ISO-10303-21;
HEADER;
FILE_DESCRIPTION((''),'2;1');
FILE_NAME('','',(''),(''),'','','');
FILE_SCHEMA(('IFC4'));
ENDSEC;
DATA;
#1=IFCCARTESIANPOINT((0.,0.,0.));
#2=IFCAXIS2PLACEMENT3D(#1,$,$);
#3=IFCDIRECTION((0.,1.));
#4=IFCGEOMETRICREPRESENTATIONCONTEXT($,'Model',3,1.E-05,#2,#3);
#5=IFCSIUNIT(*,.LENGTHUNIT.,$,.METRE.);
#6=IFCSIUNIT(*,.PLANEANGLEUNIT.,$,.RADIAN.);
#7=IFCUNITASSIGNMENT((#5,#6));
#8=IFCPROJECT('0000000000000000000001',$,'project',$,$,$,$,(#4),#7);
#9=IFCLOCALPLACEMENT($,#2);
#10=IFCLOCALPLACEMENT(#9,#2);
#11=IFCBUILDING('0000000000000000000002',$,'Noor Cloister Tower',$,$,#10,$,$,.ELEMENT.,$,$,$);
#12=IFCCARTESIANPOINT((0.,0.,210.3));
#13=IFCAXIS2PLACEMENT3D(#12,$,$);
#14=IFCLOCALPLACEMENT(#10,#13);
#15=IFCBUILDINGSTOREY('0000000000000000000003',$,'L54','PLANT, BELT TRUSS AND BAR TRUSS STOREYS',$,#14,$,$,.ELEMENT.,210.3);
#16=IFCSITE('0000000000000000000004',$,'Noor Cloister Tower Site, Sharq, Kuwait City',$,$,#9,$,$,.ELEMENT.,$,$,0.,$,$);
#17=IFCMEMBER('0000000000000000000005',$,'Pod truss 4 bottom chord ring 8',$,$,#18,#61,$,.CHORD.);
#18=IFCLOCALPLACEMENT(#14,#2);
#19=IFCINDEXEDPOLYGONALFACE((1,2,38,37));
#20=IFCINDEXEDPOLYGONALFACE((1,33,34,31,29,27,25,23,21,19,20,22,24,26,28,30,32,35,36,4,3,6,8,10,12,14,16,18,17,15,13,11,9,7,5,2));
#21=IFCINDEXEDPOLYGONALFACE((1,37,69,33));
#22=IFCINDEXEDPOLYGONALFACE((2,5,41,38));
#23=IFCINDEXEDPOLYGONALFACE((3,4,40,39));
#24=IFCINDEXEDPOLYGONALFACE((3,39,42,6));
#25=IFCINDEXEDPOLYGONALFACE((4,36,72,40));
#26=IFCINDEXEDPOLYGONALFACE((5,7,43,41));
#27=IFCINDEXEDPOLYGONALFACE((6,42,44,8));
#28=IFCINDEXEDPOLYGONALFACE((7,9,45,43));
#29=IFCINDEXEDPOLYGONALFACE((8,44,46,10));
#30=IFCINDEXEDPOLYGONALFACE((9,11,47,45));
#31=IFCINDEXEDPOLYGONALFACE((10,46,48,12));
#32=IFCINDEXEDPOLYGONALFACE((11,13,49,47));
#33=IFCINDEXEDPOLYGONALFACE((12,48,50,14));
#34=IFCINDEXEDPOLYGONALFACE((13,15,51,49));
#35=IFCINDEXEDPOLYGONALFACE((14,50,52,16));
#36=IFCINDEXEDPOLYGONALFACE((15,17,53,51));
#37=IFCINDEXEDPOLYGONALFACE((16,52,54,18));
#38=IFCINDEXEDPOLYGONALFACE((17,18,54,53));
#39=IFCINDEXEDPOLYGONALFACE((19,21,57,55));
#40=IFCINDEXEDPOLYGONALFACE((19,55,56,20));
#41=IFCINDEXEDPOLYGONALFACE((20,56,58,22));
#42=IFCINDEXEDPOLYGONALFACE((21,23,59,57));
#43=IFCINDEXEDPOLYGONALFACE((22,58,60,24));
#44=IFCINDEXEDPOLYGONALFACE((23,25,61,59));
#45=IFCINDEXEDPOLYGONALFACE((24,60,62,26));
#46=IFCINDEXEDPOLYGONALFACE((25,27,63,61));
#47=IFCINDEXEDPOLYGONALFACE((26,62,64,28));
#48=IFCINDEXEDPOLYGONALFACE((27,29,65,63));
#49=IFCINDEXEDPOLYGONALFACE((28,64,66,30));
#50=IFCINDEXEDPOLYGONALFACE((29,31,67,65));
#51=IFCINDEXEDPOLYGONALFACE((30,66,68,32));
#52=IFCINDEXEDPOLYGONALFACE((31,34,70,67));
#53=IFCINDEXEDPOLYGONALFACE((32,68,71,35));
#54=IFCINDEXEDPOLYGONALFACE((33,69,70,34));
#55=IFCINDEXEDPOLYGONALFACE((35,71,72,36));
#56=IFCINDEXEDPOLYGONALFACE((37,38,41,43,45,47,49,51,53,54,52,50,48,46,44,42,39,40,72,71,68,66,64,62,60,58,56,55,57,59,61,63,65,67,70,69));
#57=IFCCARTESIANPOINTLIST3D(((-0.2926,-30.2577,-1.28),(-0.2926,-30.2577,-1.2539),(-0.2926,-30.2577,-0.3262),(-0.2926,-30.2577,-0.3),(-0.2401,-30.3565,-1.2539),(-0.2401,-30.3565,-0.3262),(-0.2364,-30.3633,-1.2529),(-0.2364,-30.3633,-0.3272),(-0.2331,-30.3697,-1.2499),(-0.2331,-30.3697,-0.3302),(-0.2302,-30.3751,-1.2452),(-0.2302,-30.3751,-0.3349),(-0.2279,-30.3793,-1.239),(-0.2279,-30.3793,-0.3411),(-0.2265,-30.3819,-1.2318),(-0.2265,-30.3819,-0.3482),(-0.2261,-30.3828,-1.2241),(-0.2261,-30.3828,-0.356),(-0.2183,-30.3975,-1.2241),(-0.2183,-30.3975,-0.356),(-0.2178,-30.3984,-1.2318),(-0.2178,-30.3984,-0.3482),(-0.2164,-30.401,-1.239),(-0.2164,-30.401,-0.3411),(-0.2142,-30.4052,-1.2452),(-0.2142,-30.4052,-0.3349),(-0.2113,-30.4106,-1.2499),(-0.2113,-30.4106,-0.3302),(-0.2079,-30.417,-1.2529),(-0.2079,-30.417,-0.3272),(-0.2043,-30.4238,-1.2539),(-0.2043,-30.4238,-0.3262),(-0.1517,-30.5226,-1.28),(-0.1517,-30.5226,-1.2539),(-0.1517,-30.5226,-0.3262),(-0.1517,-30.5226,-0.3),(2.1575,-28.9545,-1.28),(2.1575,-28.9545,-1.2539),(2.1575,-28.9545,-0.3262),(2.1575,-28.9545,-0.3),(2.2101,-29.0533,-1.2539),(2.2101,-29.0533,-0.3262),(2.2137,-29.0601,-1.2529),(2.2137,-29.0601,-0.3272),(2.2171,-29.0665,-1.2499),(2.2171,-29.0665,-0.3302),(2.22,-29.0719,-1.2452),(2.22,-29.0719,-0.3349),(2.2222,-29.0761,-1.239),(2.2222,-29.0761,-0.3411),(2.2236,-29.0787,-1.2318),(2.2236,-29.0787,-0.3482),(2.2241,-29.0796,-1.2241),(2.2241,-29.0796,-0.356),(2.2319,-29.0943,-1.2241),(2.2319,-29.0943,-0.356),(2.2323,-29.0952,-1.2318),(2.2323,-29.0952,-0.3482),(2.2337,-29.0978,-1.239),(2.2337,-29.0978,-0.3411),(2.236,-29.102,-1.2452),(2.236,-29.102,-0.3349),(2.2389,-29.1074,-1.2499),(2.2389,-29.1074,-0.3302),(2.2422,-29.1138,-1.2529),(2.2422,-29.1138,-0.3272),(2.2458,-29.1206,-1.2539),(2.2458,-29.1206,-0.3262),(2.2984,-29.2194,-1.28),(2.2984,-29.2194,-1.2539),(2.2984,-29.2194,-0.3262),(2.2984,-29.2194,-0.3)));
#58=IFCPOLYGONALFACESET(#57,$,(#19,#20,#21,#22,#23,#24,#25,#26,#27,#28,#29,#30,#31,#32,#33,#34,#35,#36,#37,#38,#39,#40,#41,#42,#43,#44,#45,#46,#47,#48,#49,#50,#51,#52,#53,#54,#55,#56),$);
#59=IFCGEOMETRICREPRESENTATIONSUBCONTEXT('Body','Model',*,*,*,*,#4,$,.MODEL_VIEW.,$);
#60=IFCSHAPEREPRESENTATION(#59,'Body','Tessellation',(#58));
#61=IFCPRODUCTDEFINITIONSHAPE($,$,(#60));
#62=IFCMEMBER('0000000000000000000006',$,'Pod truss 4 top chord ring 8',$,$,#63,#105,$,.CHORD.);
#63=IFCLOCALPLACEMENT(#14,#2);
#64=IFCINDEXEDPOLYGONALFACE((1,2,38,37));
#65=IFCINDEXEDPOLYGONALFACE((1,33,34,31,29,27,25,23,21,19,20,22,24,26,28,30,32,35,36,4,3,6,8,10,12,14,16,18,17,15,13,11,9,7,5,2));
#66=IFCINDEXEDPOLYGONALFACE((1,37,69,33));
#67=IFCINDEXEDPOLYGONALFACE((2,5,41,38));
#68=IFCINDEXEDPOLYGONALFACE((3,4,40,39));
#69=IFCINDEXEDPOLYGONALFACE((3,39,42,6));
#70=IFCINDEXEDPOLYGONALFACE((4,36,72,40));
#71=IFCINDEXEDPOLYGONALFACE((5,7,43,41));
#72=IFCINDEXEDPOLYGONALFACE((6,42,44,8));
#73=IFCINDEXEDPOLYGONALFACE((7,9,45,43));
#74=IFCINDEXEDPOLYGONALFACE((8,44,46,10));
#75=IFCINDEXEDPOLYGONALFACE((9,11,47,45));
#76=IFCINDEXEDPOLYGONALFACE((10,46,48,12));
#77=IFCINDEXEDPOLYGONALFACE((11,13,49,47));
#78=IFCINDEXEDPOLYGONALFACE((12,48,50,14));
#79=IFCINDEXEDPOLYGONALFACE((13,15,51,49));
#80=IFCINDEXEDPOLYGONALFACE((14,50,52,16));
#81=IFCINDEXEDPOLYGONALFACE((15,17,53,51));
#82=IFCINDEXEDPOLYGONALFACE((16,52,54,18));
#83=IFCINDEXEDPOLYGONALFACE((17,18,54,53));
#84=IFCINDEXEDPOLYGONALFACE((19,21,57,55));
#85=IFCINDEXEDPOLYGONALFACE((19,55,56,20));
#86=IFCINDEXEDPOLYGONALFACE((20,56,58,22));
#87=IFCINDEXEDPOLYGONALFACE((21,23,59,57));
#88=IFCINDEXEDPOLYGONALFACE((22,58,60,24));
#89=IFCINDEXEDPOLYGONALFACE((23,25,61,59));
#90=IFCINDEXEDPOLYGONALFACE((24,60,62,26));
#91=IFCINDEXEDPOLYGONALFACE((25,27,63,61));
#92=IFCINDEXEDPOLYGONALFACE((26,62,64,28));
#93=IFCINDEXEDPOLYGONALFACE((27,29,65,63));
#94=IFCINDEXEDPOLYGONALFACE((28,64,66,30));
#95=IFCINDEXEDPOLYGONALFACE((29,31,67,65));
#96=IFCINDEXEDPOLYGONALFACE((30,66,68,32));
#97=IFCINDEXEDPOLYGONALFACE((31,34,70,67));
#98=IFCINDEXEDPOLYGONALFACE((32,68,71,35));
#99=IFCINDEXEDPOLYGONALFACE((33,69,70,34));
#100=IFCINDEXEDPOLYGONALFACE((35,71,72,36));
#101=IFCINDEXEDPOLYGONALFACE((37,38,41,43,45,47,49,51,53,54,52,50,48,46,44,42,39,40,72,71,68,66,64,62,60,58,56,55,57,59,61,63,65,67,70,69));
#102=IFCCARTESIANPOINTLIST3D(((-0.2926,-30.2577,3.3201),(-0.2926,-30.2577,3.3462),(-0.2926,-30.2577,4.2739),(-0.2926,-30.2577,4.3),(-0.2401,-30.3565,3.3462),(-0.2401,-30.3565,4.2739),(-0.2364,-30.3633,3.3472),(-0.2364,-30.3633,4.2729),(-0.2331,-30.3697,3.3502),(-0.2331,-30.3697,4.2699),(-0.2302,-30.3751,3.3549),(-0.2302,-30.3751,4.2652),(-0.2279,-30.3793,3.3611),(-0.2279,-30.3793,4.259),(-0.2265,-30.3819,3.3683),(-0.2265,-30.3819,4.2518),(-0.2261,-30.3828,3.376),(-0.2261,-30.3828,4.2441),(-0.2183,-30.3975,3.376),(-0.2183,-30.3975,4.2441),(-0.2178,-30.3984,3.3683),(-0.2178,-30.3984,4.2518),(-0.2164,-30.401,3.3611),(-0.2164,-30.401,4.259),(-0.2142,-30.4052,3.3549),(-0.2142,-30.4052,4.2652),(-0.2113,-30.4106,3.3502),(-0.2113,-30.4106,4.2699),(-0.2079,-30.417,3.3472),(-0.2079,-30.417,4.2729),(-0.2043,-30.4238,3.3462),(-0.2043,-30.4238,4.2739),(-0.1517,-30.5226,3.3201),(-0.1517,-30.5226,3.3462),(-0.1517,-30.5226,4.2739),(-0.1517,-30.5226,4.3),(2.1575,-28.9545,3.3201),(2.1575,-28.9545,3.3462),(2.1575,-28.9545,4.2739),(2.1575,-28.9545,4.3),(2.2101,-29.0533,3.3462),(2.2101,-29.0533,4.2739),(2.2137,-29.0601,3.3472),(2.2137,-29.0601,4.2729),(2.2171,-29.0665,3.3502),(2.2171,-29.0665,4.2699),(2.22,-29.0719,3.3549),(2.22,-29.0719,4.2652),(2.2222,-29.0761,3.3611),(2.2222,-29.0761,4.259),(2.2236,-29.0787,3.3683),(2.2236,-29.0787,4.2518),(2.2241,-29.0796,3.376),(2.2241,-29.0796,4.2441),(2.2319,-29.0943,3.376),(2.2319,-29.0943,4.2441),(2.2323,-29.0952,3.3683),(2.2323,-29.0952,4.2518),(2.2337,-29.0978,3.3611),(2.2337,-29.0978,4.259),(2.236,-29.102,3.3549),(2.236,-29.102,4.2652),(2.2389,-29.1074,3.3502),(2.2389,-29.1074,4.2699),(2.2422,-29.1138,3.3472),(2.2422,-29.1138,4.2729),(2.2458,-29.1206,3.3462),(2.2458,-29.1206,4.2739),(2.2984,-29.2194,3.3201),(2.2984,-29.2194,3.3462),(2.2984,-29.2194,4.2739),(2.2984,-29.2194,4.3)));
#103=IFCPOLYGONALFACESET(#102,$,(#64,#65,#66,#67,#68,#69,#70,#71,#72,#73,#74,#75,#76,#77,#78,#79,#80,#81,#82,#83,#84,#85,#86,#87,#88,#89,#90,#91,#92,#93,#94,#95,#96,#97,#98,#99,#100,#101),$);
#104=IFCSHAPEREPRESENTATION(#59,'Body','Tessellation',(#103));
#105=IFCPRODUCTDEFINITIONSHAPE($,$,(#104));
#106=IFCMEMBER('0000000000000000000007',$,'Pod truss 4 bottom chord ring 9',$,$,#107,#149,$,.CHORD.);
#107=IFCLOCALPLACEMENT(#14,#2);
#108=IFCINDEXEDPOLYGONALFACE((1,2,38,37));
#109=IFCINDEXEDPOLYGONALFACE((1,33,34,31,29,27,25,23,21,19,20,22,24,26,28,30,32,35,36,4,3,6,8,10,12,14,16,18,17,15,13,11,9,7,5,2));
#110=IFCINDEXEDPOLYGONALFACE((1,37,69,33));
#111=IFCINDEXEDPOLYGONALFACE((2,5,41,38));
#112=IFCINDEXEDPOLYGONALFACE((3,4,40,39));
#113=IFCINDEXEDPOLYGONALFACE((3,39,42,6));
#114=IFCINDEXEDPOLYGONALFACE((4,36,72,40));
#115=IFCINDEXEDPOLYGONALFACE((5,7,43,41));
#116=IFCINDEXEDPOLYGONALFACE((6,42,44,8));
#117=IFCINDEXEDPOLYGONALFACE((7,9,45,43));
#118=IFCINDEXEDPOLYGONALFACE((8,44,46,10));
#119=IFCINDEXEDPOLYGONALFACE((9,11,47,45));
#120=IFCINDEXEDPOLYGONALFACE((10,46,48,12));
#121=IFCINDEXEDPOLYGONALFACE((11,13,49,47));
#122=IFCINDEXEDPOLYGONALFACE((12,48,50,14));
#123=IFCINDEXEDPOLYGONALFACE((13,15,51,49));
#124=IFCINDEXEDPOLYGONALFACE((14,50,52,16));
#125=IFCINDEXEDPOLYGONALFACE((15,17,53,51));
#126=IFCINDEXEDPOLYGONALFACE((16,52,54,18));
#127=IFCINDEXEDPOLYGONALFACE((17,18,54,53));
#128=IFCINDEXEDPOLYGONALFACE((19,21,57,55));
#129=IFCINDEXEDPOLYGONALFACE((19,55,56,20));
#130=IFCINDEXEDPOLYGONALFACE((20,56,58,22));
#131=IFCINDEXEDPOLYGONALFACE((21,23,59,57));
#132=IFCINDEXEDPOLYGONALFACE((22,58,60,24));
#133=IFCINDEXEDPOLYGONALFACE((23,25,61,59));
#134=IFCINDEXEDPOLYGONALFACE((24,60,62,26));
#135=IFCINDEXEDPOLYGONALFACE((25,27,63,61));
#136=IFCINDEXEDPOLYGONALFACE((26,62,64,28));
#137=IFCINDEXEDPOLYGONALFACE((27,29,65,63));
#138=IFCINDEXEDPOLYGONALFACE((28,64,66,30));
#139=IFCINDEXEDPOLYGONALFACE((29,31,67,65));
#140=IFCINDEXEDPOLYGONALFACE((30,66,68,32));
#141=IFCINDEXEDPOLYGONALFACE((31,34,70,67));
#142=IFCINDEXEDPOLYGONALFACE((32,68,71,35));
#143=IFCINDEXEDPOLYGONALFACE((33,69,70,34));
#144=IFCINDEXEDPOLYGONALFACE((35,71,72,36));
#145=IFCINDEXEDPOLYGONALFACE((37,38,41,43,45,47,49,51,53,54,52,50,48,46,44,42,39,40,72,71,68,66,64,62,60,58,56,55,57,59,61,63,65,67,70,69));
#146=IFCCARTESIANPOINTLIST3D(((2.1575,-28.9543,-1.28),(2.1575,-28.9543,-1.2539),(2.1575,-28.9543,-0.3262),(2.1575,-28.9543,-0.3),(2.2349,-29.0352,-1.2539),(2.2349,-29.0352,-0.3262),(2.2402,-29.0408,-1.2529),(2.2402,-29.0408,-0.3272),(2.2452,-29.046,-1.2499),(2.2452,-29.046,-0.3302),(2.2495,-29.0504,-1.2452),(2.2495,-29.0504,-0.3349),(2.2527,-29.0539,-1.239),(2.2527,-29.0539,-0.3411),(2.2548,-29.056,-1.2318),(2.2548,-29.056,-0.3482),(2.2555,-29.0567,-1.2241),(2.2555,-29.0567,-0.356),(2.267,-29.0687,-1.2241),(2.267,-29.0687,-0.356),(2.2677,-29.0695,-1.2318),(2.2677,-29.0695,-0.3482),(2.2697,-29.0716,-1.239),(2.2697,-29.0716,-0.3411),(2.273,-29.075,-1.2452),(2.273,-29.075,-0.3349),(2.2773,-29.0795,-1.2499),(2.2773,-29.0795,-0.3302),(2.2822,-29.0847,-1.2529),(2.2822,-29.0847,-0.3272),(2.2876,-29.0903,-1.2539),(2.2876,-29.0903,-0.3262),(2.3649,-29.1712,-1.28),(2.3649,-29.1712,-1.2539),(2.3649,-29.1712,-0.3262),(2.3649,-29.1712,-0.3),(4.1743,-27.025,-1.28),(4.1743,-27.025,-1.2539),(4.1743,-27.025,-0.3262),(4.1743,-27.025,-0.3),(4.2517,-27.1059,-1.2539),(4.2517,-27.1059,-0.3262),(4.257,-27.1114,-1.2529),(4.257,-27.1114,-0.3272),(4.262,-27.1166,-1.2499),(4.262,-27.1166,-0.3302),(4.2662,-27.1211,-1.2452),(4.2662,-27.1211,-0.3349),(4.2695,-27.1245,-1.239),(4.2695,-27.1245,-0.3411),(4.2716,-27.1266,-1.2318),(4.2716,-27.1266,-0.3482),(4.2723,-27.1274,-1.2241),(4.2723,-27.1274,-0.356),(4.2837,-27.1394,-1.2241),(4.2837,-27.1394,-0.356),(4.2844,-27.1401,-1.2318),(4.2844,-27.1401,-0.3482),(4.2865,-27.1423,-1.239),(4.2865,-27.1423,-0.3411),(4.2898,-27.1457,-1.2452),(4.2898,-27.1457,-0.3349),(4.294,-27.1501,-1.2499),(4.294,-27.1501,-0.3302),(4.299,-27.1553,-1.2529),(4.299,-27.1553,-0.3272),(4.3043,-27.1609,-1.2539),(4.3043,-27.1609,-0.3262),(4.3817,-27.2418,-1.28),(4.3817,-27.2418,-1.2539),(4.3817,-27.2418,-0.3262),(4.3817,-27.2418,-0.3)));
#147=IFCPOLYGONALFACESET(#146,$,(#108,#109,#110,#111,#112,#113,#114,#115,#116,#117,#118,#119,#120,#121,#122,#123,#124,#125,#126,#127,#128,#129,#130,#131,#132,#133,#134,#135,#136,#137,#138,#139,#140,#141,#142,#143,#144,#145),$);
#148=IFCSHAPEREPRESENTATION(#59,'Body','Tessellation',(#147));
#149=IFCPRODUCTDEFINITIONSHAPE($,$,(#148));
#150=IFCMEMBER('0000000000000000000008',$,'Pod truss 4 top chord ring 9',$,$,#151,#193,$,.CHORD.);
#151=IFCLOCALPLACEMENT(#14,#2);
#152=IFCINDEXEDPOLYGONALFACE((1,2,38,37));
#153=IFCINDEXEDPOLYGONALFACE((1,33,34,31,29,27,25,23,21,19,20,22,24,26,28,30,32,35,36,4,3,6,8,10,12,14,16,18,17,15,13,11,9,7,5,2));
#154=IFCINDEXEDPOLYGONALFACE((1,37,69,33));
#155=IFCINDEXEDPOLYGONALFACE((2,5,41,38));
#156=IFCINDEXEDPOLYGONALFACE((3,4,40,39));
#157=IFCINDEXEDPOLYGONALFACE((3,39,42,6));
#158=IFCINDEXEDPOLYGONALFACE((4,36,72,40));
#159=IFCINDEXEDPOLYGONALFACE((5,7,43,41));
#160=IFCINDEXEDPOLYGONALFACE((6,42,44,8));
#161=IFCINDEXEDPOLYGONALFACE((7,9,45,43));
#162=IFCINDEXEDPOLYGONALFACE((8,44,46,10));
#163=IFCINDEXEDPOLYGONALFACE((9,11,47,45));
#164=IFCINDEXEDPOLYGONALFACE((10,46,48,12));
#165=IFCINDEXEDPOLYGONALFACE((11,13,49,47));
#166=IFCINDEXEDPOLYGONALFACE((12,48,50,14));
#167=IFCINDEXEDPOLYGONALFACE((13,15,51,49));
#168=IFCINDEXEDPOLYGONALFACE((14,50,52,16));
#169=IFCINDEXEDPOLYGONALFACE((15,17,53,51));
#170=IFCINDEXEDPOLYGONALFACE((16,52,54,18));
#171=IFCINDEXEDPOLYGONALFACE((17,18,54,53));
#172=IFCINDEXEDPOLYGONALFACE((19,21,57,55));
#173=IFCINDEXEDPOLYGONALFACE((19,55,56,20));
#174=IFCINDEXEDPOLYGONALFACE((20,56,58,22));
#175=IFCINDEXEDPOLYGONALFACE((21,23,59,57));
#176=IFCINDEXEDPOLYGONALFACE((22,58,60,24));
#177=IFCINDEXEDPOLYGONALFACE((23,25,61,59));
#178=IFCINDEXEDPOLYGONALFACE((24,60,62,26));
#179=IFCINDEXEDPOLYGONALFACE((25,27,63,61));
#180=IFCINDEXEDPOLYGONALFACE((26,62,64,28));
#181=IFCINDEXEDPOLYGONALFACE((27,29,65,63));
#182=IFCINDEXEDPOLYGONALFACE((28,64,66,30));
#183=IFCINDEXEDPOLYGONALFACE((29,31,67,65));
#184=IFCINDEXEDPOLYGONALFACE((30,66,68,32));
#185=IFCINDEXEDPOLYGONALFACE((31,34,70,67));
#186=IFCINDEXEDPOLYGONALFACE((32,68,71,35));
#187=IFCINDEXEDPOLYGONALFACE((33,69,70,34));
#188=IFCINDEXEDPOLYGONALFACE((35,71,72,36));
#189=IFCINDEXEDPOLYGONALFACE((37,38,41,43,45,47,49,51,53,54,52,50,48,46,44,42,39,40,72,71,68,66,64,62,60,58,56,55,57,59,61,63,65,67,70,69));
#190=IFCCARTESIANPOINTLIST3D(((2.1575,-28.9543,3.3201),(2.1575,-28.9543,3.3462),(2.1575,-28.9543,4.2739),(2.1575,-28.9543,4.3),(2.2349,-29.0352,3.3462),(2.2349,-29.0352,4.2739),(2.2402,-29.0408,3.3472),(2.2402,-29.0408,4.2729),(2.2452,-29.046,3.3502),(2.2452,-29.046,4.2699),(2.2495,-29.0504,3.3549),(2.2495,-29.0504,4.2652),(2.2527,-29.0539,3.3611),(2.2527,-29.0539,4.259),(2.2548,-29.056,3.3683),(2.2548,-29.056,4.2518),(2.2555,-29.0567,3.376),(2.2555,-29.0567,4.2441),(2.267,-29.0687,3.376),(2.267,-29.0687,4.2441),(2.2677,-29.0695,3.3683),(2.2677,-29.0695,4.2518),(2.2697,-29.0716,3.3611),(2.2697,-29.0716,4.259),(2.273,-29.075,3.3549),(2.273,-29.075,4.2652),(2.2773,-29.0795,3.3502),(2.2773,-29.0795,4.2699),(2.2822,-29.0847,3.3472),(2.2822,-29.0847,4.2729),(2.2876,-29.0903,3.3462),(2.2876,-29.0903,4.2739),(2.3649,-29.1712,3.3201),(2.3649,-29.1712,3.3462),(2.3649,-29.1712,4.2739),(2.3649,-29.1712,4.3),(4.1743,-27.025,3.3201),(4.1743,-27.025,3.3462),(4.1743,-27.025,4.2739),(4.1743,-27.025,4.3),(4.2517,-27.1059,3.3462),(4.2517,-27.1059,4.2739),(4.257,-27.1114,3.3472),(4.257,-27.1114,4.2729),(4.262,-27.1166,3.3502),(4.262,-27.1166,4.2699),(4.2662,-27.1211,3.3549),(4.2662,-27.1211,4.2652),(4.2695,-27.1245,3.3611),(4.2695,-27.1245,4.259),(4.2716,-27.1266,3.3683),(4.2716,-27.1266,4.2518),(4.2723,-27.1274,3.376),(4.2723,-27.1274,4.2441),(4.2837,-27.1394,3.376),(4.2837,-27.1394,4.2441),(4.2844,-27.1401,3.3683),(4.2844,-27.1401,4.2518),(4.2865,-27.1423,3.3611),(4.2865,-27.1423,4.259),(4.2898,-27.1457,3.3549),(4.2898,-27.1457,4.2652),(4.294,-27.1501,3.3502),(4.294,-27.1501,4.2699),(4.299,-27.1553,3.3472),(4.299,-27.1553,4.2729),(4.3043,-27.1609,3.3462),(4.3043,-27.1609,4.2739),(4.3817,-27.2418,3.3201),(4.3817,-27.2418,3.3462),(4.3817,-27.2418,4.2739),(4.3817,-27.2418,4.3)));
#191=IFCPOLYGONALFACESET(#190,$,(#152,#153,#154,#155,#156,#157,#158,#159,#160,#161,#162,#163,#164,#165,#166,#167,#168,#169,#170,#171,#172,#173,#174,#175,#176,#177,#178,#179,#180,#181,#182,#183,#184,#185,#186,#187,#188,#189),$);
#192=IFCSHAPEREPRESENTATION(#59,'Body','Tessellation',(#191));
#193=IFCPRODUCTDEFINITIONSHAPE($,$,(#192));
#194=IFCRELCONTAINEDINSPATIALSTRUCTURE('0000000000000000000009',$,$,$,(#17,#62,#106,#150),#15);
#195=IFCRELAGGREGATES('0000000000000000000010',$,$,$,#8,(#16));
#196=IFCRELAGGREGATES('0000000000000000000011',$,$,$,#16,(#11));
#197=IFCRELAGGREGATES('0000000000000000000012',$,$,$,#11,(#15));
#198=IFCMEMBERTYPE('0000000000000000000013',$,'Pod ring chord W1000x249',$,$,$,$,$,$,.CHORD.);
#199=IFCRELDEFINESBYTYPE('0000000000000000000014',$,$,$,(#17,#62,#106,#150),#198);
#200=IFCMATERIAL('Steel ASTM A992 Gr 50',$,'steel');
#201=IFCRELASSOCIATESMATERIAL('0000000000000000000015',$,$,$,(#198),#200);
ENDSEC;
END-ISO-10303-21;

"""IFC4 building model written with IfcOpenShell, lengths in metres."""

from ifc_helpers import new_model, si_unit, direction, frame, origin, origin_2d, place, context, subcontext, project, spatial, i_section, extrude, material, material_profile, profile_set, type_object, element, save


model = new_model("IFC4")

# Units and contexts
model_context = context("Model", 3, precision=1e-05, world=origin(), true_north=direction((0.0, 1.0)))
body_context = subcontext(model_context, "Body", "Model", "MODEL_VIEW")
ifc_project = project(units=[si_unit("LENGTHUNIT", "METRE"), si_unit("PLANEANGLEUNIT", "RADIAN")], contexts=[model_context])

# Site, building, storey
site_placement = place(None, origin())
site = spatial("IfcSite", under=ifc_project, at=site_placement, Name="Noor Cloister Tower Site, Sharq, Kuwait City", CompositionType="ELEMENT", RefElevation=0.0)
building_placement = place(site_placement, origin())
building = spatial("IfcBuilding", under=site, at=building_placement, Name="Noor Cloister Tower", CompositionType="ELEMENT")
storey_placement = place(building_placement, frame((0.0, 0.0, 210.3)))
storey = spatial("IfcBuildingStorey", under=building, at=storey_placement, Name="L54", Description="PLANT, BELT TRUSS AND BAR TRUSS STOREYS", CompositionType="ELEMENT", Elevation=210.3)

# Members
ifc_material_1 = material(Name="Steel ASTM A992 Gr 50", Category="steel")
ifc_material_profile_1 = material_profile(ifc_material_1, i_section(OverallWidth=0.3, OverallDepth=0.98, WebThickness=0.0166, FlangeThickness=0.0261, FilletRadius=0.0298, at=origin_2d()), Name="W1000x249")
ifc_profile_set_1 = profile_set([ifc_material_profile_1], Name="Steel ASTM A992 Gr 50")
member_type_1 = type_object("IfcMemberType", Name="Pod ring chord W1000x249", PredefinedType="CHORD", material=ifc_profile_set_1)
for number, where, z_axis, x_axis, name in (
    (1, (-0.2222, -30.3901, -0.79), (0.882883, 0.469593, 0.0), (-0.469593, 0.882883, 0.0), "Pod truss 4 bottom chord ring 8"),
    (2, (-0.2222, -30.3901, 3.8101), (0.882883, 0.469593, 0.0), (-0.469593, 0.882883, 0.0), "Pod truss 4 top chord ring 8"),
):
    element("IfcMember", number, at=place(storey_placement, frame(where, z_axis=z_axis, x_axis=x_axis)), inside=storey, type_object=member_type_1, Name=name, PredefinedType="CHORD", context=body_context, shape_type="SweptSolid", body=[
        extrude(i_section(OverallWidth=0.3, OverallDepth=0.98, WebThickness=0.0166, FlangeThickness=0.0261, FilletRadius=0.0298, at=origin_2d()), origin(), (0.0, 0.0, 1.0), 2.7751),
    ])
for number, where, z_axis, x_axis, name in (
    (3, (2.2612, -29.0627, -0.79), (0.722591, 0.691276, 0.0), (-0.691276, 0.722591, 0.0), "Pod truss 4 bottom chord ring 9"),
    (4, (2.2612, -29.0627, 3.8101), (0.722591, 0.691276, 0.0), (-0.691276, 0.722591, 0.0), "Pod truss 4 top chord ring 9"),
):
    element("IfcMember", number, at=place(storey_placement, frame(where, z_axis=z_axis, x_axis=x_axis)), inside=storey, type_object=member_type_1, Name=name, PredefinedType="CHORD", context=body_context, shape_type="SweptSolid", body=[
        extrude(i_section(OverallWidth=0.3, OverallDepth=0.98, WebThickness=0.0166, FlangeThickness=0.0261, FilletRadius=0.0298, at=origin_2d()), origin(), (0.0, 0.0, 1.0), 2.791),
    ])

save(model, "model.ifc")
